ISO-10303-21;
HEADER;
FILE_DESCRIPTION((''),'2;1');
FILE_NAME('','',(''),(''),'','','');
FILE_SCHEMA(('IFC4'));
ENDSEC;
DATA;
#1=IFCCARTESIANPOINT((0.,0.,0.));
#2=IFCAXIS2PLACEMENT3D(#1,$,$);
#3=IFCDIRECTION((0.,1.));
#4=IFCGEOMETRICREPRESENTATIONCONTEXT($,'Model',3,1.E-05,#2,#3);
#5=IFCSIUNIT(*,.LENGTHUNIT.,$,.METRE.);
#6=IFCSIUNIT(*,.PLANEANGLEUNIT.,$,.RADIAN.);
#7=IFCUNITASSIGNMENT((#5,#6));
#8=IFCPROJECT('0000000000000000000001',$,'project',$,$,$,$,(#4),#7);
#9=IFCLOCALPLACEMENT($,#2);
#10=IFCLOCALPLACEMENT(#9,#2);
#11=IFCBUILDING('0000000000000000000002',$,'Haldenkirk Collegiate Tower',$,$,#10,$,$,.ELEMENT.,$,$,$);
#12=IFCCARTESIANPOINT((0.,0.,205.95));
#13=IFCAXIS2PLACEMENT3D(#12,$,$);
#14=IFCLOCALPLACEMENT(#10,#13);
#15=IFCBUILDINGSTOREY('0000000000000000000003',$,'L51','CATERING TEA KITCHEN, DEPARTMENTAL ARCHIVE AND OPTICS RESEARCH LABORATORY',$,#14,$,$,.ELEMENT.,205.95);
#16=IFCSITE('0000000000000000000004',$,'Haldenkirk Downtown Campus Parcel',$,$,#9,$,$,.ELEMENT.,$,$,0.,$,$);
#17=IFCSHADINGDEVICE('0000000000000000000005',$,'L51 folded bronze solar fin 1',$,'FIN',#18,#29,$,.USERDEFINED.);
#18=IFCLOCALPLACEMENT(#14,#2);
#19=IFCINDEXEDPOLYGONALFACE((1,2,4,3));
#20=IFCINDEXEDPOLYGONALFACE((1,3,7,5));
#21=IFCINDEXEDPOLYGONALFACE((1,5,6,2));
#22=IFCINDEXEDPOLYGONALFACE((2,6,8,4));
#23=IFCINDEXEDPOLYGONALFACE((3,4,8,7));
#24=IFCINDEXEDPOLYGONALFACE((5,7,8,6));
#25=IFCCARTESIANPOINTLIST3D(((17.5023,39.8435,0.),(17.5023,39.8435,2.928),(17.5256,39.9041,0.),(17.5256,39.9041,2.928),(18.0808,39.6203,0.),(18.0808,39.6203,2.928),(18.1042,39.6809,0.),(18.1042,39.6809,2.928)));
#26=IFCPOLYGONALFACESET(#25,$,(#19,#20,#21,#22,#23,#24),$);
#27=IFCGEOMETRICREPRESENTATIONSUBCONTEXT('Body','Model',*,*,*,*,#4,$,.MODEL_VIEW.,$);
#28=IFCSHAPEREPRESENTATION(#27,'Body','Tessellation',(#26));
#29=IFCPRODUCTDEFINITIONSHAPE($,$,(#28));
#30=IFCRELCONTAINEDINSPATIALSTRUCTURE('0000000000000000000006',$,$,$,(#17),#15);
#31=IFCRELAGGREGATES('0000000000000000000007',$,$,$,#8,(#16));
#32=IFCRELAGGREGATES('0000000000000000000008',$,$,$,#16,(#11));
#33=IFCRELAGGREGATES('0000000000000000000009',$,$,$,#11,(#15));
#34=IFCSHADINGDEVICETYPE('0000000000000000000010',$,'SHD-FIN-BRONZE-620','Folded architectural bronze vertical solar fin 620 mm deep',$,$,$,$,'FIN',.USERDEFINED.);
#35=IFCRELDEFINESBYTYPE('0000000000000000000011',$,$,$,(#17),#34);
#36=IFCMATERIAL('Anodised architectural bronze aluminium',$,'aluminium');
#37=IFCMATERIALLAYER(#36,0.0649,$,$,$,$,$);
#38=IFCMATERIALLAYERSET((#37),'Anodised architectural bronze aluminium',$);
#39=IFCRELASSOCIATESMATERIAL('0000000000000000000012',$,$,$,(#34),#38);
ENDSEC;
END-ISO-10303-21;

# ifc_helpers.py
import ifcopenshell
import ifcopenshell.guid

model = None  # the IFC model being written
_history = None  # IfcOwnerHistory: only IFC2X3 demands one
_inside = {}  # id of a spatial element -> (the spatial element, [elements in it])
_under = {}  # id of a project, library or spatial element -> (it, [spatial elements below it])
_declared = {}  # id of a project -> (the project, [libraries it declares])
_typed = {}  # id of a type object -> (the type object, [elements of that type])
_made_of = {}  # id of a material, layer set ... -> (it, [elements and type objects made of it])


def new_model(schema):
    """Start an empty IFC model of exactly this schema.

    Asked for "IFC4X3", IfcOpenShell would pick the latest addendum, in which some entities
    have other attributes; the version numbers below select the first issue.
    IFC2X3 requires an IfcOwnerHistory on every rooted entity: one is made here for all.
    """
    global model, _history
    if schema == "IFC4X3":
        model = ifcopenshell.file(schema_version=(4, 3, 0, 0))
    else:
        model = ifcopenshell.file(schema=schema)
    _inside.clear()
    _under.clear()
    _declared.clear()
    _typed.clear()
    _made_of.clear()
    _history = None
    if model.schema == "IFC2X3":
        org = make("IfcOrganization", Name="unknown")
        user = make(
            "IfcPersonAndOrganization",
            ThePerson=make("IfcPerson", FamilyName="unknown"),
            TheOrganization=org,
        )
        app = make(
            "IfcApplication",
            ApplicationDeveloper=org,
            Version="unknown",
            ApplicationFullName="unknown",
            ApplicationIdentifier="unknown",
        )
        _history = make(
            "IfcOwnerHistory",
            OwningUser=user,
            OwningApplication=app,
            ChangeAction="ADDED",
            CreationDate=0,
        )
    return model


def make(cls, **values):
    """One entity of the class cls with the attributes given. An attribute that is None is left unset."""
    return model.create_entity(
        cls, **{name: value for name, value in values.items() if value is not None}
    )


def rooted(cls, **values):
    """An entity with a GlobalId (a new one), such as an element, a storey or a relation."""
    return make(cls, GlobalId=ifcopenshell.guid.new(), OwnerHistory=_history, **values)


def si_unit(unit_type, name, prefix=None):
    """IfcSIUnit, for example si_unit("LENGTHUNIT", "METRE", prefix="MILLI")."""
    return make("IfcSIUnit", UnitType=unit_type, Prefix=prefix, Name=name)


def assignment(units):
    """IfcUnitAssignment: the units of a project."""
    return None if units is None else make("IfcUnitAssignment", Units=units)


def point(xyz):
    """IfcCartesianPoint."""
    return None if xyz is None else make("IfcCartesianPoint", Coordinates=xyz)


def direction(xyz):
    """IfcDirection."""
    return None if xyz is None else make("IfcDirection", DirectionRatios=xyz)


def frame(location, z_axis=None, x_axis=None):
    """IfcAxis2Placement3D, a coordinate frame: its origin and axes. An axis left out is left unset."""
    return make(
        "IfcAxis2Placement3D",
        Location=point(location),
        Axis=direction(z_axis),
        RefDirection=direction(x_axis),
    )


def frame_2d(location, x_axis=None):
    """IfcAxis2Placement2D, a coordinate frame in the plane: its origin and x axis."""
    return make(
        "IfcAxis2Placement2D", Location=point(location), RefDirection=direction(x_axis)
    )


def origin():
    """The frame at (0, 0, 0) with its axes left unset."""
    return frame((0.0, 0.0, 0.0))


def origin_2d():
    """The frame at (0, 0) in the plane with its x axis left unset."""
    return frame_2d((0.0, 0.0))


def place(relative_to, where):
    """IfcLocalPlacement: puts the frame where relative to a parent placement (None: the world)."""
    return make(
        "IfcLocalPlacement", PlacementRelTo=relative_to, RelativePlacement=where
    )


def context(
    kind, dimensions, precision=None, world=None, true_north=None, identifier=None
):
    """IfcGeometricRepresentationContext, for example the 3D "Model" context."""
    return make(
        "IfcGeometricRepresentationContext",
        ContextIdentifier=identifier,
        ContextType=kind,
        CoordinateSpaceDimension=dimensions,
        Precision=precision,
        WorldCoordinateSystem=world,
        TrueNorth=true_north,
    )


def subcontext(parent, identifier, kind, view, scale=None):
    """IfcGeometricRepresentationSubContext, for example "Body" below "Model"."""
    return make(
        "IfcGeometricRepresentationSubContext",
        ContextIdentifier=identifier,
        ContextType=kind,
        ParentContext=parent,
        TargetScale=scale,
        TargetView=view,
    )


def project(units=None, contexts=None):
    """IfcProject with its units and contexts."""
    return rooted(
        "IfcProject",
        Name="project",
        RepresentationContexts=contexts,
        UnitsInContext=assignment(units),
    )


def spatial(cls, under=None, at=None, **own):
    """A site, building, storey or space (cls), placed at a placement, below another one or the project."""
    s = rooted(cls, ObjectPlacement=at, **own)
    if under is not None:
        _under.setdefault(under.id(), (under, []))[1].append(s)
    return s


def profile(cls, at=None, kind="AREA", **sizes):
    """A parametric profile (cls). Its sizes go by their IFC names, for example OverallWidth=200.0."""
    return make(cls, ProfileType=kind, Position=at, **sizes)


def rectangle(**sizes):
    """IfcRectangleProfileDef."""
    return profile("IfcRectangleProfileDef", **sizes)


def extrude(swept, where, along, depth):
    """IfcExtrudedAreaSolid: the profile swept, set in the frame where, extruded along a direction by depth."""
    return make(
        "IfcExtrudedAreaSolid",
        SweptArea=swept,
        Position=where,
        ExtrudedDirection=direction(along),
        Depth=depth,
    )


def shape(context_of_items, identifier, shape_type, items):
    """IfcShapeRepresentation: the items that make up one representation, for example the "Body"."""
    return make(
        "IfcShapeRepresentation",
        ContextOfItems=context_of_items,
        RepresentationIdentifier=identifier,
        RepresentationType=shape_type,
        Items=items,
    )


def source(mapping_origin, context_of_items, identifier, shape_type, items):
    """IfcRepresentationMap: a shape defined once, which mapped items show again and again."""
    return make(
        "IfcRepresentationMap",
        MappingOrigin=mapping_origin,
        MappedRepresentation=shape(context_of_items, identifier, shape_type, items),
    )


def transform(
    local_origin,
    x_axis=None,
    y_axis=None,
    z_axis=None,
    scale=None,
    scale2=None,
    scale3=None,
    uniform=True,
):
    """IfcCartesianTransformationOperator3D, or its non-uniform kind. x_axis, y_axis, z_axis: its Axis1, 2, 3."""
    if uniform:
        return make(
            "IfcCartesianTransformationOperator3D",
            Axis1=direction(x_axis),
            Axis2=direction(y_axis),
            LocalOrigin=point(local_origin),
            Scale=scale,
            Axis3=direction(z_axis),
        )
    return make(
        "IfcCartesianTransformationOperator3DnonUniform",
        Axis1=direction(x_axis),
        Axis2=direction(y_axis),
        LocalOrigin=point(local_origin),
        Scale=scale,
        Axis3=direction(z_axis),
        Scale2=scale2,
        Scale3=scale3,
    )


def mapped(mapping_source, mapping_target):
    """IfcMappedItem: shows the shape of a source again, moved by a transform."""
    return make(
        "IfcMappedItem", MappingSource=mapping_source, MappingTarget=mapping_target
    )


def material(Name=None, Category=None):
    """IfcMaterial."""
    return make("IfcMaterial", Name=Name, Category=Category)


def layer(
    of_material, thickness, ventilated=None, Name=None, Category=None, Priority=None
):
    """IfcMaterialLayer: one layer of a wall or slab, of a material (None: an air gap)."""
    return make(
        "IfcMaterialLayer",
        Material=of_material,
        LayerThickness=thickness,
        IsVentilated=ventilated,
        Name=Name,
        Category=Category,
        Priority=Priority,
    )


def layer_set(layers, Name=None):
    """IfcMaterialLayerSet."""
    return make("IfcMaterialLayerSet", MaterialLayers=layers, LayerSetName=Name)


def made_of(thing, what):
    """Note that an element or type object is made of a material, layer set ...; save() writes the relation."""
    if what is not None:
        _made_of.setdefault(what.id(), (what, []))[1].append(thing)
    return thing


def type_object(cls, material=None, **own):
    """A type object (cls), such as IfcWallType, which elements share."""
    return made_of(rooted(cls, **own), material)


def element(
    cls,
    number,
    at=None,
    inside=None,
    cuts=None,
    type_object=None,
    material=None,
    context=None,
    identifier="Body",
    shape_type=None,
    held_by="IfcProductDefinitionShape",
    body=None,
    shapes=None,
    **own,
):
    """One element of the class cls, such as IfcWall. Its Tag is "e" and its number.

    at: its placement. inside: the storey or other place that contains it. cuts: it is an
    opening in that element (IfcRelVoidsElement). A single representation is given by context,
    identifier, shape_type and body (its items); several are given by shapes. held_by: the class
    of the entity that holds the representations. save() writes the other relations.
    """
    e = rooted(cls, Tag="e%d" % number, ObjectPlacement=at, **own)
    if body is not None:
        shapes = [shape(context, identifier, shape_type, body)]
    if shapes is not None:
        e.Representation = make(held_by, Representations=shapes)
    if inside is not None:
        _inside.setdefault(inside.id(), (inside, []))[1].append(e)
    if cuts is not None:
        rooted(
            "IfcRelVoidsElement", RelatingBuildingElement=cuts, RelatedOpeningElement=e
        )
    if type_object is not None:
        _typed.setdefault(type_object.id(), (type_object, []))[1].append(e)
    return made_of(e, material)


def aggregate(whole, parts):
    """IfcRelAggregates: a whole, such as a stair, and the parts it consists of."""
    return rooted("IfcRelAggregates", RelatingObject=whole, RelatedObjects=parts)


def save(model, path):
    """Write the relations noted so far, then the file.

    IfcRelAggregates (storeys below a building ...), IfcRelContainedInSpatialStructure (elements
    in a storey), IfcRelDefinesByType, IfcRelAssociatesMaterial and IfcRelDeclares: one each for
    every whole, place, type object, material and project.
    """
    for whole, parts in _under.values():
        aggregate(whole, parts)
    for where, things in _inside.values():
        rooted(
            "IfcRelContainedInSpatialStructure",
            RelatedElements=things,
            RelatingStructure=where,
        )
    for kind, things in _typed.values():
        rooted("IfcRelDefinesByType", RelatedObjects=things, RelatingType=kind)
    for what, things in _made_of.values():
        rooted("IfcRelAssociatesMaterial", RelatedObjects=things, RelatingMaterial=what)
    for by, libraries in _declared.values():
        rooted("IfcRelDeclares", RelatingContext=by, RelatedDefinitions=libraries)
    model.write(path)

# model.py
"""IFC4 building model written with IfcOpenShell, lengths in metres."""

from ifc_helpers import new_model, si_unit, direction, frame, origin, origin_2d, place, context, subcontext, project, spatial, rectangle, extrude, source, transform, mapped, material, layer, layer_set, type_object, element, save


model = new_model("IFC4")

# Units and contexts
model_context = context("Model", 3, precision=1e-05, world=origin(), true_north=direction((0.0, 1.0)))
body_context = subcontext(model_context, "Body", "Model", "MODEL_VIEW")
ifc_project = project(units=[si_unit("LENGTHUNIT", "METRE"), si_unit("PLANEANGLEUNIT", "RADIAN")], contexts=[model_context])

# Site, building, storey
site_placement = place(None, origin())
site = spatial("IfcSite", under=ifc_project, at=site_placement, Name="Haldenkirk Downtown Campus Parcel", CompositionType="ELEMENT", RefElevation=0.0)
building_placement = place(site_placement, origin())
building = spatial("IfcBuilding", under=site, at=building_placement, Name="Haldenkirk Collegiate Tower", CompositionType="ELEMENT")
storey_placement = place(building_placement, frame((0.0, 0.0, 205.95)))
storey = spatial("IfcBuildingStorey", under=building, at=storey_placement, Name="L51", Description="CATERING TEA KITCHEN, DEPARTMENTAL ARCHIVE AND OPTICS RESEARCH LABORATORY", CompositionType="ELEMENT", Elevation=205.95)

# Shared definitions
ifc_material_1 = material(Name="Anodised architectural bronze aluminium", Category="aluminium")

# Shading device
ifc_layer_1 = layer(ifc_material_1, 0.0649)
ifc_layer_set_1 = layer_set([ifc_layer_1], Name="Anodised architectural bronze aluminium")
shading_device_type = type_object("IfcShadingDeviceType", Name="SHD-FIN-BRONZE-620", Description="Folded architectural bronze vertical solar fin 620 mm deep", ElementType="FIN", PredefinedType="USERDEFINED", material=ifc_layer_set_1)
shared_shape_1 = source(origin(), body_context, "Body", "SweptSolid", [
    extrude(rectangle(XDim=0.6201, YDim=0.0649, at=origin_2d()), origin(), (0.0, 0.0, 1.0), 2.928),
])
shading_device_placement = place(storey_placement, frame((17.8032, 39.7622, 0.0), z_axis=(0.0, 0.0, 1.0), x_axis=(-0.932954, 0.359997, 0.0)))
element("IfcShadingDevice", 1, at=shading_device_placement, inside=storey, type_object=shading_device_type, Name="L51 folded bronze solar fin 1", ObjectType="FIN", PredefinedType="USERDEFINED", context=body_context, shape_type="MappedRepresentation", body=[
    mapped(shared_shape_1, transform((0.0, 0.0, 0.0), x_axis=(1.0, 0.0, 0.0), y_axis=(0.0, 1.0, 0.0), z_axis=(0.0, 0.0, 1.0), scale=1.0)),
])

save(model, "model.ifc")
